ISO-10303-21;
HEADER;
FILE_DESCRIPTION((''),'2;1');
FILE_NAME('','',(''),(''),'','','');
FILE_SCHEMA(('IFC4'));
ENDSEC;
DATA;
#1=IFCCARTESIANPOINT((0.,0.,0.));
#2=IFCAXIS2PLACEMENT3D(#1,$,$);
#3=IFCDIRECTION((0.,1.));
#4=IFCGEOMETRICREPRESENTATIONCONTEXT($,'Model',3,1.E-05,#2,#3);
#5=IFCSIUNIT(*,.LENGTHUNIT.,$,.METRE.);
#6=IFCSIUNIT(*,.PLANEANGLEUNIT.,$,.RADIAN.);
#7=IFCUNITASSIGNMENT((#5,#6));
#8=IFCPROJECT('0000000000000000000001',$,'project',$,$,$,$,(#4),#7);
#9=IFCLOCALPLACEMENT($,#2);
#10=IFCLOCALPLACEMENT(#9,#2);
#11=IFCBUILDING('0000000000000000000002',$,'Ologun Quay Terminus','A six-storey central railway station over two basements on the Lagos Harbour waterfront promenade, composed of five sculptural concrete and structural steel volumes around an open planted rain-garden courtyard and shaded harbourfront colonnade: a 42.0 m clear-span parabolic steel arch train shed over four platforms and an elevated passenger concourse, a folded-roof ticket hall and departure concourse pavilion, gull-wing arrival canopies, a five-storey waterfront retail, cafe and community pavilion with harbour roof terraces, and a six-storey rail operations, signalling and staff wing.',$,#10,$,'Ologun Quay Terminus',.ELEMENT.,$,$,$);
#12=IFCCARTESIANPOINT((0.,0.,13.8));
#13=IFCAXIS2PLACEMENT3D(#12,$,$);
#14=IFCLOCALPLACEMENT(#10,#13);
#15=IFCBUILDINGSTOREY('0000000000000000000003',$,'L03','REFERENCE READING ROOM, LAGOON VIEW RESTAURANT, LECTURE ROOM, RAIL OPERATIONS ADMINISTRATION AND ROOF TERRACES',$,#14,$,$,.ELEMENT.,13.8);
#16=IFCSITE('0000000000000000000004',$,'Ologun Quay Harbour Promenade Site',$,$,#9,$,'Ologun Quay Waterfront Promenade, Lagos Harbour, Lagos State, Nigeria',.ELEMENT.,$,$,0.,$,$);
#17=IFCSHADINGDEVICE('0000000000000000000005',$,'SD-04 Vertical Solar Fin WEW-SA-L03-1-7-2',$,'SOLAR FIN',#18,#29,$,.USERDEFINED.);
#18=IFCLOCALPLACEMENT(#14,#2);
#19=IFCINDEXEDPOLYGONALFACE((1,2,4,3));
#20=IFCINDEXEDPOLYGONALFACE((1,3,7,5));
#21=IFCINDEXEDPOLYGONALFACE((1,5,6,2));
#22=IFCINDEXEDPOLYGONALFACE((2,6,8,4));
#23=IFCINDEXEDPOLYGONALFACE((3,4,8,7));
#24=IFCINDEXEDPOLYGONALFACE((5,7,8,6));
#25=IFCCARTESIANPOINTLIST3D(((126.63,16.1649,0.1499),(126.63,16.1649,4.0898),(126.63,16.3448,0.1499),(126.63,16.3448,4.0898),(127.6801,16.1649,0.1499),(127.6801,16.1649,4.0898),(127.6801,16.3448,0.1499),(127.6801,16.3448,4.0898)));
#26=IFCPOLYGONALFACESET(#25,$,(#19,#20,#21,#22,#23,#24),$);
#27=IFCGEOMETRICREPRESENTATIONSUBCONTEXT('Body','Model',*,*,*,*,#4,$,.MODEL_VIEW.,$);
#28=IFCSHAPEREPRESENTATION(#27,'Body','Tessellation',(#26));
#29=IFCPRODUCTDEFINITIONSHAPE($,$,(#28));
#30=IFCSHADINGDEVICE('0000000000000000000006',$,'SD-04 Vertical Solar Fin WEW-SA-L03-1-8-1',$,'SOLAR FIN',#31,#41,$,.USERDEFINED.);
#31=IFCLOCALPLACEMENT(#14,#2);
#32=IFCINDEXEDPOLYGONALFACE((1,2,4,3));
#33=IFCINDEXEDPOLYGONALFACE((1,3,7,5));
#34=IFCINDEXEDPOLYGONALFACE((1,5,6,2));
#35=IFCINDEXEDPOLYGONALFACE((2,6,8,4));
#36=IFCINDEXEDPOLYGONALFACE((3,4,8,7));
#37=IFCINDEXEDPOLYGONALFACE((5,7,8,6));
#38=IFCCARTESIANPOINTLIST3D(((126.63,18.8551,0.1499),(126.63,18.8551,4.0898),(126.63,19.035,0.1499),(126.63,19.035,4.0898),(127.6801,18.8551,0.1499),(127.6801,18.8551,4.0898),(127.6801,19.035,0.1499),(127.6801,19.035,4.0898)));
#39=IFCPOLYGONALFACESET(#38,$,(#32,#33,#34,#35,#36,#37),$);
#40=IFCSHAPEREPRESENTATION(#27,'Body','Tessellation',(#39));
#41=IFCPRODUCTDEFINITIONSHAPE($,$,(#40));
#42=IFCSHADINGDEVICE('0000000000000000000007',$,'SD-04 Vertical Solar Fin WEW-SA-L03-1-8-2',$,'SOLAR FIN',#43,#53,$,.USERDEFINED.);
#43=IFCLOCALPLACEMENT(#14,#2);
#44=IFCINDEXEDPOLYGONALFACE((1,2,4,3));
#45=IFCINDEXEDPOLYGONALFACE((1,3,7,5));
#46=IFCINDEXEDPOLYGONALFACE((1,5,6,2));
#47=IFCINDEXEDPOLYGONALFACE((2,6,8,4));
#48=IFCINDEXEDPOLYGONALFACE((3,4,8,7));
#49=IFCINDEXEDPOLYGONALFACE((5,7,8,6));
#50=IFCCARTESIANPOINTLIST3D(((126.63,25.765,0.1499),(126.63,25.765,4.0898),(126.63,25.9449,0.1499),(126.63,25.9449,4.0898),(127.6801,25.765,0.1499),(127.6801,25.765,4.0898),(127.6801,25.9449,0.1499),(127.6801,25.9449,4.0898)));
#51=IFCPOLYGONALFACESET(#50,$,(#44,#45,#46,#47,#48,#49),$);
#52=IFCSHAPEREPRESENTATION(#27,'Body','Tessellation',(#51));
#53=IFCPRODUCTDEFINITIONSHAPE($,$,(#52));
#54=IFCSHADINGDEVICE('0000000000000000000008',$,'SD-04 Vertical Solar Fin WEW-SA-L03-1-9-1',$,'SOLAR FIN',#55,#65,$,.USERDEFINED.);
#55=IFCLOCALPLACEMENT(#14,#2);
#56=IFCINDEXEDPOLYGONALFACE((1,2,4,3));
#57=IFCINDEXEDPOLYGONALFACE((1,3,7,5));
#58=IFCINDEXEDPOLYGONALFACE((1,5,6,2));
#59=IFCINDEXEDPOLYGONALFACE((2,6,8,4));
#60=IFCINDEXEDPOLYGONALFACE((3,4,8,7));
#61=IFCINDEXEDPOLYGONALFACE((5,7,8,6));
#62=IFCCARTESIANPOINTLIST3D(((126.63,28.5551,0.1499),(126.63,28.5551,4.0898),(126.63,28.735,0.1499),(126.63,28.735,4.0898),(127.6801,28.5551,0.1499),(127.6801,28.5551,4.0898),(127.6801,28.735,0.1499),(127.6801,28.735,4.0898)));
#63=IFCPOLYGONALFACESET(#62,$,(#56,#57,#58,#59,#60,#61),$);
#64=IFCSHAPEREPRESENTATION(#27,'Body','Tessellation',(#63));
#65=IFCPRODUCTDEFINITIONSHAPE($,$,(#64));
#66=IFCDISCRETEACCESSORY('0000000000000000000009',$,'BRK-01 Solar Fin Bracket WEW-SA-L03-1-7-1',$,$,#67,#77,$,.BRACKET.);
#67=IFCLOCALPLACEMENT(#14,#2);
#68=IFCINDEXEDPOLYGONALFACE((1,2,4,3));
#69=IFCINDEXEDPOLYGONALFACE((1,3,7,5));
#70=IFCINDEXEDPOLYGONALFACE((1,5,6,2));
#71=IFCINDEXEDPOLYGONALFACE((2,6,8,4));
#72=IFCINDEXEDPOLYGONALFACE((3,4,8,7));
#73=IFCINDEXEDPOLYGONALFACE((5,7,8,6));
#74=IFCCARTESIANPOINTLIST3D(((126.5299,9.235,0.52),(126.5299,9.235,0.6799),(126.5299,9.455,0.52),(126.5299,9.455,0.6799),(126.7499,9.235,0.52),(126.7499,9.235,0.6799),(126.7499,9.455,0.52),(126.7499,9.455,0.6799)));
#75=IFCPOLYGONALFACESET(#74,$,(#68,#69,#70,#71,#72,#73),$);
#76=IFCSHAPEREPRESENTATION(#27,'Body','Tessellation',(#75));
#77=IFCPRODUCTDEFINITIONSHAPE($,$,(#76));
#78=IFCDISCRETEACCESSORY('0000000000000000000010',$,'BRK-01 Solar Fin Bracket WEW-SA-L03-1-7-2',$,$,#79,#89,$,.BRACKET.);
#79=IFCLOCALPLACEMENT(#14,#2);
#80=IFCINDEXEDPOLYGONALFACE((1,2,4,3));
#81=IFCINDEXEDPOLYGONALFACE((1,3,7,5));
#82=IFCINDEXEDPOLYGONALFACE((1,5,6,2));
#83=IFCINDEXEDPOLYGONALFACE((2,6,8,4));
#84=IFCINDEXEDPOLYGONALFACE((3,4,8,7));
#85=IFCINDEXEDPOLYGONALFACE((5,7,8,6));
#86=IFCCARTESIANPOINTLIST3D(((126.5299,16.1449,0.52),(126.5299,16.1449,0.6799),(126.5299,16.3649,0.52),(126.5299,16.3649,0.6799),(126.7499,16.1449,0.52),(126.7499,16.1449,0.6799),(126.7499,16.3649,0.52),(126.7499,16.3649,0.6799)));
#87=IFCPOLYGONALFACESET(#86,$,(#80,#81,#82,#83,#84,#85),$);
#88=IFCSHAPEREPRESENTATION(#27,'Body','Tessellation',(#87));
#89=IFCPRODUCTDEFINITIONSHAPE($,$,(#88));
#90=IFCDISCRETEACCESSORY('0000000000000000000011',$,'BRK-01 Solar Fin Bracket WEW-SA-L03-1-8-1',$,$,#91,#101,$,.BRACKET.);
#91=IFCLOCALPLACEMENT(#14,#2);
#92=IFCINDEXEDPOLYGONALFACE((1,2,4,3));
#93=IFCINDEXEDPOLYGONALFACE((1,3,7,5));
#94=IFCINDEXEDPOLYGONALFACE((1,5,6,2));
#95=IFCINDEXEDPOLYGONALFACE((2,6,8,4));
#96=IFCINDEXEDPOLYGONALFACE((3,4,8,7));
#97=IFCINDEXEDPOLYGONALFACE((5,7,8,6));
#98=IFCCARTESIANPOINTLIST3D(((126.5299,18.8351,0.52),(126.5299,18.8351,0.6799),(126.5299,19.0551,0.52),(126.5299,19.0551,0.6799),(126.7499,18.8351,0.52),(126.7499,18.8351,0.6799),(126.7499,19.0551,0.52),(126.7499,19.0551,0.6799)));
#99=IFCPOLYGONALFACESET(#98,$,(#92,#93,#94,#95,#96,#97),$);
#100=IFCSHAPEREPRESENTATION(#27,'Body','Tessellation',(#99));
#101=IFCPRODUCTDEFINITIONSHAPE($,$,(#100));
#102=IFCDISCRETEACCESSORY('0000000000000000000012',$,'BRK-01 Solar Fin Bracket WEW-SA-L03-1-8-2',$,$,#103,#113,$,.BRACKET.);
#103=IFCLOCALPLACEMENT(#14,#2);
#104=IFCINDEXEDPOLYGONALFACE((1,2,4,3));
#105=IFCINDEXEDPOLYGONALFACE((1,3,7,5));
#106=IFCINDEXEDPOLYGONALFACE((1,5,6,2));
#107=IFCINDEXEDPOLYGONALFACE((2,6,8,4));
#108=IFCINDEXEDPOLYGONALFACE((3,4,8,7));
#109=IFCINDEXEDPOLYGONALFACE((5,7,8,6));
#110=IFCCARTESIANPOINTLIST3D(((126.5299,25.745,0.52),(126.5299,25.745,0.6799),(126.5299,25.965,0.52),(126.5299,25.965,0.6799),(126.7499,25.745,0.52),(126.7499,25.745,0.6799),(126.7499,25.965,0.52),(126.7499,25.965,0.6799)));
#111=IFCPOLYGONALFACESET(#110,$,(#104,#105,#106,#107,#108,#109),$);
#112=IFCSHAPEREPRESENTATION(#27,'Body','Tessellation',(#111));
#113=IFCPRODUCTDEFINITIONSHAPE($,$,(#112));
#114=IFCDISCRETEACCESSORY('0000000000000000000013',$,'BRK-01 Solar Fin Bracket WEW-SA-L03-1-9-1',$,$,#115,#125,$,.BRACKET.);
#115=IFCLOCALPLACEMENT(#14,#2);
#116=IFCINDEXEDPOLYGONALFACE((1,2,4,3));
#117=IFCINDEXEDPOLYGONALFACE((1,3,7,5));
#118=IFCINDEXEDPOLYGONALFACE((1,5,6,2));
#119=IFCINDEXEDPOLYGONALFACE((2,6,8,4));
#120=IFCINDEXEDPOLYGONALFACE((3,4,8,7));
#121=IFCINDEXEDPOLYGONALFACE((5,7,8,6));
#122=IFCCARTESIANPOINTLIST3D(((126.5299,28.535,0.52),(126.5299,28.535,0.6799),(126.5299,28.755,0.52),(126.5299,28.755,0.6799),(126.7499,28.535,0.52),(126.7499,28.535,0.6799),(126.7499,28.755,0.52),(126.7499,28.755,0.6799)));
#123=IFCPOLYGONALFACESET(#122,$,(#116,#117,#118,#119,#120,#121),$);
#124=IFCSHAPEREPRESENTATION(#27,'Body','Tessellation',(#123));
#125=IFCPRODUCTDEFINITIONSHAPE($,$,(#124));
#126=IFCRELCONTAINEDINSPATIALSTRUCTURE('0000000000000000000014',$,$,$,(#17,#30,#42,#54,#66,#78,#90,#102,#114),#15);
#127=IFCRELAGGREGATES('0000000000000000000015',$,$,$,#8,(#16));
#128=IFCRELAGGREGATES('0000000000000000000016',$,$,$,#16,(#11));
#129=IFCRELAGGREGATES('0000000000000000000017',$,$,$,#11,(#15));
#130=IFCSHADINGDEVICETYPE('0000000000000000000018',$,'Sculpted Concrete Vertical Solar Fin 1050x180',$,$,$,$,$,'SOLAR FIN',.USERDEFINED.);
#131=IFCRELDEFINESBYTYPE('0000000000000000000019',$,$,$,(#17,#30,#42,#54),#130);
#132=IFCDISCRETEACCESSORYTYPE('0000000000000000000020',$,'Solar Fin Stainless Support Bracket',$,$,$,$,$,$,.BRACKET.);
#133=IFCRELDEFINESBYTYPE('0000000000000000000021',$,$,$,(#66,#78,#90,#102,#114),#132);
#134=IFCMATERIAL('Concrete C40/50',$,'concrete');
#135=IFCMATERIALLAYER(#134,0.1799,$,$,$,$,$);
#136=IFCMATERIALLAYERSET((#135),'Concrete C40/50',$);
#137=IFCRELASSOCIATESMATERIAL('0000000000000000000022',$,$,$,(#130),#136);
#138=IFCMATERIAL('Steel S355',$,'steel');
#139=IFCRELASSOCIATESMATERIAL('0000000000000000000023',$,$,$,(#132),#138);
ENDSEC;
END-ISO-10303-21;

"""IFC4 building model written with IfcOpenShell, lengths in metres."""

from ifc_helpers import new_model, si_unit, direction, frame, origin, origin_2d, place, context, subcontext, project, spatial, rectangle, extrude, material, layer, layer_set, type_object, element, save


model = new_model("IFC4")

# Units and contexts
model_context = context("Model", 3, precision=1e-05, world=origin(), true_north=direction((0.0, 1.0)))
body_context = subcontext(model_context, "Body", "Model", "MODEL_VIEW")
ifc_project = project(units=[si_unit("LENGTHUNIT", "METRE"), si_unit("PLANEANGLEUNIT", "RADIAN")], contexts=[model_context])

# Site, building, storey
site_placement = place(None, origin())
site = spatial("IfcSite", under=ifc_project, at=site_placement, Name="Ologun Quay Harbour Promenade Site", LongName="Ologun Quay Waterfront Promenade, Lagos Harbour, Lagos State, Nigeria", CompositionType="ELEMENT", RefElevation=0.0)
building_placement = place(site_placement, origin())
building = spatial("IfcBuilding", under=site, at=building_placement, Name="Ologun Quay Terminus", Description="A six-storey central railway station over two basements on the Lagos Harbour waterfront promenade, composed of five sculptural concrete and structural steel volumes around an open planted rain-garden courtyard and shaded harbourfront colonnade: a 42.0 m clear-span parabolic steel arch train shed over four platforms and an elevated passenger concourse, a folded-roof ticket hall and departure concourse pavilion, gull-wing arrival canopies, a five-storey waterfront retail, cafe and community pavilion with harbour roof terraces, and a six-storey rail operations, signalling and staff wing.", LongName="Ologun Quay Terminus", CompositionType="ELEMENT")
storey_placement = place(building_placement, frame((0.0, 0.0, 13.8)))
storey = spatial("IfcBuildingStorey", under=building, at=storey_placement, Name="L03", Description="REFERENCE READING ROOM, LAGOON VIEW RESTAURANT, LECTURE ROOM, RAIL OPERATIONS ADMINISTRATION AND ROOF TERRACES", CompositionType="ELEMENT", Elevation=13.8)

# Shading devices
ifc_material_1 = material(Name="Concrete C40/50", Category="concrete")
ifc_layer_1 = layer(ifc_material_1, 0.1799)
ifc_layer_set_1 = layer_set([ifc_layer_1], Name="Concrete C40/50")
shading_device_type = type_object("IfcShadingDeviceType", Name="Sculpted Concrete Vertical Solar Fin 1050x180", ElementType="SOLAR FIN", PredefinedType="USERDEFINED", material=ifc_layer_set_1)
for number, where, z_axis, x_axis, name in (
    (1, (127.155, 16.2549, 0.1499), (0.0, 0.0, 1.0), (1.0, 0.0, 0.0), "SD-04 Vertical Solar Fin WEW-SA-L03-1-7-2"),
    (2, (127.155, 18.9451, 0.1499), (0.0, 0.0, 1.0), (1.0, 0.0, 0.0), "SD-04 Vertical Solar Fin WEW-SA-L03-1-8-1"),
    (3, (127.155, 25.855, 0.1499), (0.0, 0.0, 1.0), (1.0, 0.0, 0.0), "SD-04 Vertical Solar Fin WEW-SA-L03-1-8-2"),
    (4, (127.155, 28.645, 0.1499), (0.0, 0.0, 1.0), (1.0, 0.0, 0.0), "SD-04 Vertical Solar Fin WEW-SA-L03-1-9-1"),
):
    element("IfcShadingDevice", number, at=place(storey_placement, frame(where, z_axis=z_axis, x_axis=x_axis)), inside=storey, type_object=shading_device_type, Name=name, ObjectType="SOLAR FIN", PredefinedType="USERDEFINED", context=body_context, shape_type="SweptSolid", body=[
        extrude(rectangle(XDim=1.05, YDim=0.1799, at=origin_2d()), origin(), (0.0, 0.0, 1.0), 3.9399),
    ])

# Discrete accessories
ifc_material_2 = material(Name="Steel S355", Category="steel")
discrete_accessory_type = type_object("IfcDiscreteAccessoryType", Name="Solar Fin Stainless Support Bracket", PredefinedType="BRACKET", material=ifc_material_2)
for number, where, z_axis, x_axis, name in (
    (5, (126.6399, 9.345, 0.52), (0.0, 0.0, 1.0), (1.0, 0.0, 0.0), "BRK-01 Solar Fin Bracket WEW-SA-L03-1-7-1"),
    (6, (126.6399, 16.2549, 0.52), (0.0, 0.0, 1.0), (1.0, 0.0, 0.0), "BRK-01 Solar Fin Bracket WEW-SA-L03-1-7-2"),
    (7, (126.6399, 18.9451, 0.52), (0.0, 0.0, 1.0), (1.0, 0.0, 0.0), "BRK-01 Solar Fin Bracket WEW-SA-L03-1-8-1"),
    (8, (126.6399, 25.855, 0.52), (0.0, 0.0, 1.0), (1.0, 0.0, 0.0), "BRK-01 Solar Fin Bracket WEW-SA-L03-1-8-2"),
    (9, (126.6399, 28.645, 0.52), (0.0, 0.0, 1.0), (1.0, 0.0, 0.0), "BRK-01 Solar Fin Bracket WEW-SA-L03-1-9-1"),
):
    element("IfcDiscreteAccessory", number, at=place(storey_placement, frame(where, z_axis=z_axis, x_axis=x_axis)), inside=storey, type_object=discrete_accessory_type, Name=name, PredefinedType="BRACKET", context=body_context, shape_type="SweptSolid", body=[
        extrude(rectangle(XDim=0.22, YDim=0.22, at=origin_2d()), origin(), (0.0, 0.0, 1.0), 0.1599),
    ])

save(model, "model.ifc")
